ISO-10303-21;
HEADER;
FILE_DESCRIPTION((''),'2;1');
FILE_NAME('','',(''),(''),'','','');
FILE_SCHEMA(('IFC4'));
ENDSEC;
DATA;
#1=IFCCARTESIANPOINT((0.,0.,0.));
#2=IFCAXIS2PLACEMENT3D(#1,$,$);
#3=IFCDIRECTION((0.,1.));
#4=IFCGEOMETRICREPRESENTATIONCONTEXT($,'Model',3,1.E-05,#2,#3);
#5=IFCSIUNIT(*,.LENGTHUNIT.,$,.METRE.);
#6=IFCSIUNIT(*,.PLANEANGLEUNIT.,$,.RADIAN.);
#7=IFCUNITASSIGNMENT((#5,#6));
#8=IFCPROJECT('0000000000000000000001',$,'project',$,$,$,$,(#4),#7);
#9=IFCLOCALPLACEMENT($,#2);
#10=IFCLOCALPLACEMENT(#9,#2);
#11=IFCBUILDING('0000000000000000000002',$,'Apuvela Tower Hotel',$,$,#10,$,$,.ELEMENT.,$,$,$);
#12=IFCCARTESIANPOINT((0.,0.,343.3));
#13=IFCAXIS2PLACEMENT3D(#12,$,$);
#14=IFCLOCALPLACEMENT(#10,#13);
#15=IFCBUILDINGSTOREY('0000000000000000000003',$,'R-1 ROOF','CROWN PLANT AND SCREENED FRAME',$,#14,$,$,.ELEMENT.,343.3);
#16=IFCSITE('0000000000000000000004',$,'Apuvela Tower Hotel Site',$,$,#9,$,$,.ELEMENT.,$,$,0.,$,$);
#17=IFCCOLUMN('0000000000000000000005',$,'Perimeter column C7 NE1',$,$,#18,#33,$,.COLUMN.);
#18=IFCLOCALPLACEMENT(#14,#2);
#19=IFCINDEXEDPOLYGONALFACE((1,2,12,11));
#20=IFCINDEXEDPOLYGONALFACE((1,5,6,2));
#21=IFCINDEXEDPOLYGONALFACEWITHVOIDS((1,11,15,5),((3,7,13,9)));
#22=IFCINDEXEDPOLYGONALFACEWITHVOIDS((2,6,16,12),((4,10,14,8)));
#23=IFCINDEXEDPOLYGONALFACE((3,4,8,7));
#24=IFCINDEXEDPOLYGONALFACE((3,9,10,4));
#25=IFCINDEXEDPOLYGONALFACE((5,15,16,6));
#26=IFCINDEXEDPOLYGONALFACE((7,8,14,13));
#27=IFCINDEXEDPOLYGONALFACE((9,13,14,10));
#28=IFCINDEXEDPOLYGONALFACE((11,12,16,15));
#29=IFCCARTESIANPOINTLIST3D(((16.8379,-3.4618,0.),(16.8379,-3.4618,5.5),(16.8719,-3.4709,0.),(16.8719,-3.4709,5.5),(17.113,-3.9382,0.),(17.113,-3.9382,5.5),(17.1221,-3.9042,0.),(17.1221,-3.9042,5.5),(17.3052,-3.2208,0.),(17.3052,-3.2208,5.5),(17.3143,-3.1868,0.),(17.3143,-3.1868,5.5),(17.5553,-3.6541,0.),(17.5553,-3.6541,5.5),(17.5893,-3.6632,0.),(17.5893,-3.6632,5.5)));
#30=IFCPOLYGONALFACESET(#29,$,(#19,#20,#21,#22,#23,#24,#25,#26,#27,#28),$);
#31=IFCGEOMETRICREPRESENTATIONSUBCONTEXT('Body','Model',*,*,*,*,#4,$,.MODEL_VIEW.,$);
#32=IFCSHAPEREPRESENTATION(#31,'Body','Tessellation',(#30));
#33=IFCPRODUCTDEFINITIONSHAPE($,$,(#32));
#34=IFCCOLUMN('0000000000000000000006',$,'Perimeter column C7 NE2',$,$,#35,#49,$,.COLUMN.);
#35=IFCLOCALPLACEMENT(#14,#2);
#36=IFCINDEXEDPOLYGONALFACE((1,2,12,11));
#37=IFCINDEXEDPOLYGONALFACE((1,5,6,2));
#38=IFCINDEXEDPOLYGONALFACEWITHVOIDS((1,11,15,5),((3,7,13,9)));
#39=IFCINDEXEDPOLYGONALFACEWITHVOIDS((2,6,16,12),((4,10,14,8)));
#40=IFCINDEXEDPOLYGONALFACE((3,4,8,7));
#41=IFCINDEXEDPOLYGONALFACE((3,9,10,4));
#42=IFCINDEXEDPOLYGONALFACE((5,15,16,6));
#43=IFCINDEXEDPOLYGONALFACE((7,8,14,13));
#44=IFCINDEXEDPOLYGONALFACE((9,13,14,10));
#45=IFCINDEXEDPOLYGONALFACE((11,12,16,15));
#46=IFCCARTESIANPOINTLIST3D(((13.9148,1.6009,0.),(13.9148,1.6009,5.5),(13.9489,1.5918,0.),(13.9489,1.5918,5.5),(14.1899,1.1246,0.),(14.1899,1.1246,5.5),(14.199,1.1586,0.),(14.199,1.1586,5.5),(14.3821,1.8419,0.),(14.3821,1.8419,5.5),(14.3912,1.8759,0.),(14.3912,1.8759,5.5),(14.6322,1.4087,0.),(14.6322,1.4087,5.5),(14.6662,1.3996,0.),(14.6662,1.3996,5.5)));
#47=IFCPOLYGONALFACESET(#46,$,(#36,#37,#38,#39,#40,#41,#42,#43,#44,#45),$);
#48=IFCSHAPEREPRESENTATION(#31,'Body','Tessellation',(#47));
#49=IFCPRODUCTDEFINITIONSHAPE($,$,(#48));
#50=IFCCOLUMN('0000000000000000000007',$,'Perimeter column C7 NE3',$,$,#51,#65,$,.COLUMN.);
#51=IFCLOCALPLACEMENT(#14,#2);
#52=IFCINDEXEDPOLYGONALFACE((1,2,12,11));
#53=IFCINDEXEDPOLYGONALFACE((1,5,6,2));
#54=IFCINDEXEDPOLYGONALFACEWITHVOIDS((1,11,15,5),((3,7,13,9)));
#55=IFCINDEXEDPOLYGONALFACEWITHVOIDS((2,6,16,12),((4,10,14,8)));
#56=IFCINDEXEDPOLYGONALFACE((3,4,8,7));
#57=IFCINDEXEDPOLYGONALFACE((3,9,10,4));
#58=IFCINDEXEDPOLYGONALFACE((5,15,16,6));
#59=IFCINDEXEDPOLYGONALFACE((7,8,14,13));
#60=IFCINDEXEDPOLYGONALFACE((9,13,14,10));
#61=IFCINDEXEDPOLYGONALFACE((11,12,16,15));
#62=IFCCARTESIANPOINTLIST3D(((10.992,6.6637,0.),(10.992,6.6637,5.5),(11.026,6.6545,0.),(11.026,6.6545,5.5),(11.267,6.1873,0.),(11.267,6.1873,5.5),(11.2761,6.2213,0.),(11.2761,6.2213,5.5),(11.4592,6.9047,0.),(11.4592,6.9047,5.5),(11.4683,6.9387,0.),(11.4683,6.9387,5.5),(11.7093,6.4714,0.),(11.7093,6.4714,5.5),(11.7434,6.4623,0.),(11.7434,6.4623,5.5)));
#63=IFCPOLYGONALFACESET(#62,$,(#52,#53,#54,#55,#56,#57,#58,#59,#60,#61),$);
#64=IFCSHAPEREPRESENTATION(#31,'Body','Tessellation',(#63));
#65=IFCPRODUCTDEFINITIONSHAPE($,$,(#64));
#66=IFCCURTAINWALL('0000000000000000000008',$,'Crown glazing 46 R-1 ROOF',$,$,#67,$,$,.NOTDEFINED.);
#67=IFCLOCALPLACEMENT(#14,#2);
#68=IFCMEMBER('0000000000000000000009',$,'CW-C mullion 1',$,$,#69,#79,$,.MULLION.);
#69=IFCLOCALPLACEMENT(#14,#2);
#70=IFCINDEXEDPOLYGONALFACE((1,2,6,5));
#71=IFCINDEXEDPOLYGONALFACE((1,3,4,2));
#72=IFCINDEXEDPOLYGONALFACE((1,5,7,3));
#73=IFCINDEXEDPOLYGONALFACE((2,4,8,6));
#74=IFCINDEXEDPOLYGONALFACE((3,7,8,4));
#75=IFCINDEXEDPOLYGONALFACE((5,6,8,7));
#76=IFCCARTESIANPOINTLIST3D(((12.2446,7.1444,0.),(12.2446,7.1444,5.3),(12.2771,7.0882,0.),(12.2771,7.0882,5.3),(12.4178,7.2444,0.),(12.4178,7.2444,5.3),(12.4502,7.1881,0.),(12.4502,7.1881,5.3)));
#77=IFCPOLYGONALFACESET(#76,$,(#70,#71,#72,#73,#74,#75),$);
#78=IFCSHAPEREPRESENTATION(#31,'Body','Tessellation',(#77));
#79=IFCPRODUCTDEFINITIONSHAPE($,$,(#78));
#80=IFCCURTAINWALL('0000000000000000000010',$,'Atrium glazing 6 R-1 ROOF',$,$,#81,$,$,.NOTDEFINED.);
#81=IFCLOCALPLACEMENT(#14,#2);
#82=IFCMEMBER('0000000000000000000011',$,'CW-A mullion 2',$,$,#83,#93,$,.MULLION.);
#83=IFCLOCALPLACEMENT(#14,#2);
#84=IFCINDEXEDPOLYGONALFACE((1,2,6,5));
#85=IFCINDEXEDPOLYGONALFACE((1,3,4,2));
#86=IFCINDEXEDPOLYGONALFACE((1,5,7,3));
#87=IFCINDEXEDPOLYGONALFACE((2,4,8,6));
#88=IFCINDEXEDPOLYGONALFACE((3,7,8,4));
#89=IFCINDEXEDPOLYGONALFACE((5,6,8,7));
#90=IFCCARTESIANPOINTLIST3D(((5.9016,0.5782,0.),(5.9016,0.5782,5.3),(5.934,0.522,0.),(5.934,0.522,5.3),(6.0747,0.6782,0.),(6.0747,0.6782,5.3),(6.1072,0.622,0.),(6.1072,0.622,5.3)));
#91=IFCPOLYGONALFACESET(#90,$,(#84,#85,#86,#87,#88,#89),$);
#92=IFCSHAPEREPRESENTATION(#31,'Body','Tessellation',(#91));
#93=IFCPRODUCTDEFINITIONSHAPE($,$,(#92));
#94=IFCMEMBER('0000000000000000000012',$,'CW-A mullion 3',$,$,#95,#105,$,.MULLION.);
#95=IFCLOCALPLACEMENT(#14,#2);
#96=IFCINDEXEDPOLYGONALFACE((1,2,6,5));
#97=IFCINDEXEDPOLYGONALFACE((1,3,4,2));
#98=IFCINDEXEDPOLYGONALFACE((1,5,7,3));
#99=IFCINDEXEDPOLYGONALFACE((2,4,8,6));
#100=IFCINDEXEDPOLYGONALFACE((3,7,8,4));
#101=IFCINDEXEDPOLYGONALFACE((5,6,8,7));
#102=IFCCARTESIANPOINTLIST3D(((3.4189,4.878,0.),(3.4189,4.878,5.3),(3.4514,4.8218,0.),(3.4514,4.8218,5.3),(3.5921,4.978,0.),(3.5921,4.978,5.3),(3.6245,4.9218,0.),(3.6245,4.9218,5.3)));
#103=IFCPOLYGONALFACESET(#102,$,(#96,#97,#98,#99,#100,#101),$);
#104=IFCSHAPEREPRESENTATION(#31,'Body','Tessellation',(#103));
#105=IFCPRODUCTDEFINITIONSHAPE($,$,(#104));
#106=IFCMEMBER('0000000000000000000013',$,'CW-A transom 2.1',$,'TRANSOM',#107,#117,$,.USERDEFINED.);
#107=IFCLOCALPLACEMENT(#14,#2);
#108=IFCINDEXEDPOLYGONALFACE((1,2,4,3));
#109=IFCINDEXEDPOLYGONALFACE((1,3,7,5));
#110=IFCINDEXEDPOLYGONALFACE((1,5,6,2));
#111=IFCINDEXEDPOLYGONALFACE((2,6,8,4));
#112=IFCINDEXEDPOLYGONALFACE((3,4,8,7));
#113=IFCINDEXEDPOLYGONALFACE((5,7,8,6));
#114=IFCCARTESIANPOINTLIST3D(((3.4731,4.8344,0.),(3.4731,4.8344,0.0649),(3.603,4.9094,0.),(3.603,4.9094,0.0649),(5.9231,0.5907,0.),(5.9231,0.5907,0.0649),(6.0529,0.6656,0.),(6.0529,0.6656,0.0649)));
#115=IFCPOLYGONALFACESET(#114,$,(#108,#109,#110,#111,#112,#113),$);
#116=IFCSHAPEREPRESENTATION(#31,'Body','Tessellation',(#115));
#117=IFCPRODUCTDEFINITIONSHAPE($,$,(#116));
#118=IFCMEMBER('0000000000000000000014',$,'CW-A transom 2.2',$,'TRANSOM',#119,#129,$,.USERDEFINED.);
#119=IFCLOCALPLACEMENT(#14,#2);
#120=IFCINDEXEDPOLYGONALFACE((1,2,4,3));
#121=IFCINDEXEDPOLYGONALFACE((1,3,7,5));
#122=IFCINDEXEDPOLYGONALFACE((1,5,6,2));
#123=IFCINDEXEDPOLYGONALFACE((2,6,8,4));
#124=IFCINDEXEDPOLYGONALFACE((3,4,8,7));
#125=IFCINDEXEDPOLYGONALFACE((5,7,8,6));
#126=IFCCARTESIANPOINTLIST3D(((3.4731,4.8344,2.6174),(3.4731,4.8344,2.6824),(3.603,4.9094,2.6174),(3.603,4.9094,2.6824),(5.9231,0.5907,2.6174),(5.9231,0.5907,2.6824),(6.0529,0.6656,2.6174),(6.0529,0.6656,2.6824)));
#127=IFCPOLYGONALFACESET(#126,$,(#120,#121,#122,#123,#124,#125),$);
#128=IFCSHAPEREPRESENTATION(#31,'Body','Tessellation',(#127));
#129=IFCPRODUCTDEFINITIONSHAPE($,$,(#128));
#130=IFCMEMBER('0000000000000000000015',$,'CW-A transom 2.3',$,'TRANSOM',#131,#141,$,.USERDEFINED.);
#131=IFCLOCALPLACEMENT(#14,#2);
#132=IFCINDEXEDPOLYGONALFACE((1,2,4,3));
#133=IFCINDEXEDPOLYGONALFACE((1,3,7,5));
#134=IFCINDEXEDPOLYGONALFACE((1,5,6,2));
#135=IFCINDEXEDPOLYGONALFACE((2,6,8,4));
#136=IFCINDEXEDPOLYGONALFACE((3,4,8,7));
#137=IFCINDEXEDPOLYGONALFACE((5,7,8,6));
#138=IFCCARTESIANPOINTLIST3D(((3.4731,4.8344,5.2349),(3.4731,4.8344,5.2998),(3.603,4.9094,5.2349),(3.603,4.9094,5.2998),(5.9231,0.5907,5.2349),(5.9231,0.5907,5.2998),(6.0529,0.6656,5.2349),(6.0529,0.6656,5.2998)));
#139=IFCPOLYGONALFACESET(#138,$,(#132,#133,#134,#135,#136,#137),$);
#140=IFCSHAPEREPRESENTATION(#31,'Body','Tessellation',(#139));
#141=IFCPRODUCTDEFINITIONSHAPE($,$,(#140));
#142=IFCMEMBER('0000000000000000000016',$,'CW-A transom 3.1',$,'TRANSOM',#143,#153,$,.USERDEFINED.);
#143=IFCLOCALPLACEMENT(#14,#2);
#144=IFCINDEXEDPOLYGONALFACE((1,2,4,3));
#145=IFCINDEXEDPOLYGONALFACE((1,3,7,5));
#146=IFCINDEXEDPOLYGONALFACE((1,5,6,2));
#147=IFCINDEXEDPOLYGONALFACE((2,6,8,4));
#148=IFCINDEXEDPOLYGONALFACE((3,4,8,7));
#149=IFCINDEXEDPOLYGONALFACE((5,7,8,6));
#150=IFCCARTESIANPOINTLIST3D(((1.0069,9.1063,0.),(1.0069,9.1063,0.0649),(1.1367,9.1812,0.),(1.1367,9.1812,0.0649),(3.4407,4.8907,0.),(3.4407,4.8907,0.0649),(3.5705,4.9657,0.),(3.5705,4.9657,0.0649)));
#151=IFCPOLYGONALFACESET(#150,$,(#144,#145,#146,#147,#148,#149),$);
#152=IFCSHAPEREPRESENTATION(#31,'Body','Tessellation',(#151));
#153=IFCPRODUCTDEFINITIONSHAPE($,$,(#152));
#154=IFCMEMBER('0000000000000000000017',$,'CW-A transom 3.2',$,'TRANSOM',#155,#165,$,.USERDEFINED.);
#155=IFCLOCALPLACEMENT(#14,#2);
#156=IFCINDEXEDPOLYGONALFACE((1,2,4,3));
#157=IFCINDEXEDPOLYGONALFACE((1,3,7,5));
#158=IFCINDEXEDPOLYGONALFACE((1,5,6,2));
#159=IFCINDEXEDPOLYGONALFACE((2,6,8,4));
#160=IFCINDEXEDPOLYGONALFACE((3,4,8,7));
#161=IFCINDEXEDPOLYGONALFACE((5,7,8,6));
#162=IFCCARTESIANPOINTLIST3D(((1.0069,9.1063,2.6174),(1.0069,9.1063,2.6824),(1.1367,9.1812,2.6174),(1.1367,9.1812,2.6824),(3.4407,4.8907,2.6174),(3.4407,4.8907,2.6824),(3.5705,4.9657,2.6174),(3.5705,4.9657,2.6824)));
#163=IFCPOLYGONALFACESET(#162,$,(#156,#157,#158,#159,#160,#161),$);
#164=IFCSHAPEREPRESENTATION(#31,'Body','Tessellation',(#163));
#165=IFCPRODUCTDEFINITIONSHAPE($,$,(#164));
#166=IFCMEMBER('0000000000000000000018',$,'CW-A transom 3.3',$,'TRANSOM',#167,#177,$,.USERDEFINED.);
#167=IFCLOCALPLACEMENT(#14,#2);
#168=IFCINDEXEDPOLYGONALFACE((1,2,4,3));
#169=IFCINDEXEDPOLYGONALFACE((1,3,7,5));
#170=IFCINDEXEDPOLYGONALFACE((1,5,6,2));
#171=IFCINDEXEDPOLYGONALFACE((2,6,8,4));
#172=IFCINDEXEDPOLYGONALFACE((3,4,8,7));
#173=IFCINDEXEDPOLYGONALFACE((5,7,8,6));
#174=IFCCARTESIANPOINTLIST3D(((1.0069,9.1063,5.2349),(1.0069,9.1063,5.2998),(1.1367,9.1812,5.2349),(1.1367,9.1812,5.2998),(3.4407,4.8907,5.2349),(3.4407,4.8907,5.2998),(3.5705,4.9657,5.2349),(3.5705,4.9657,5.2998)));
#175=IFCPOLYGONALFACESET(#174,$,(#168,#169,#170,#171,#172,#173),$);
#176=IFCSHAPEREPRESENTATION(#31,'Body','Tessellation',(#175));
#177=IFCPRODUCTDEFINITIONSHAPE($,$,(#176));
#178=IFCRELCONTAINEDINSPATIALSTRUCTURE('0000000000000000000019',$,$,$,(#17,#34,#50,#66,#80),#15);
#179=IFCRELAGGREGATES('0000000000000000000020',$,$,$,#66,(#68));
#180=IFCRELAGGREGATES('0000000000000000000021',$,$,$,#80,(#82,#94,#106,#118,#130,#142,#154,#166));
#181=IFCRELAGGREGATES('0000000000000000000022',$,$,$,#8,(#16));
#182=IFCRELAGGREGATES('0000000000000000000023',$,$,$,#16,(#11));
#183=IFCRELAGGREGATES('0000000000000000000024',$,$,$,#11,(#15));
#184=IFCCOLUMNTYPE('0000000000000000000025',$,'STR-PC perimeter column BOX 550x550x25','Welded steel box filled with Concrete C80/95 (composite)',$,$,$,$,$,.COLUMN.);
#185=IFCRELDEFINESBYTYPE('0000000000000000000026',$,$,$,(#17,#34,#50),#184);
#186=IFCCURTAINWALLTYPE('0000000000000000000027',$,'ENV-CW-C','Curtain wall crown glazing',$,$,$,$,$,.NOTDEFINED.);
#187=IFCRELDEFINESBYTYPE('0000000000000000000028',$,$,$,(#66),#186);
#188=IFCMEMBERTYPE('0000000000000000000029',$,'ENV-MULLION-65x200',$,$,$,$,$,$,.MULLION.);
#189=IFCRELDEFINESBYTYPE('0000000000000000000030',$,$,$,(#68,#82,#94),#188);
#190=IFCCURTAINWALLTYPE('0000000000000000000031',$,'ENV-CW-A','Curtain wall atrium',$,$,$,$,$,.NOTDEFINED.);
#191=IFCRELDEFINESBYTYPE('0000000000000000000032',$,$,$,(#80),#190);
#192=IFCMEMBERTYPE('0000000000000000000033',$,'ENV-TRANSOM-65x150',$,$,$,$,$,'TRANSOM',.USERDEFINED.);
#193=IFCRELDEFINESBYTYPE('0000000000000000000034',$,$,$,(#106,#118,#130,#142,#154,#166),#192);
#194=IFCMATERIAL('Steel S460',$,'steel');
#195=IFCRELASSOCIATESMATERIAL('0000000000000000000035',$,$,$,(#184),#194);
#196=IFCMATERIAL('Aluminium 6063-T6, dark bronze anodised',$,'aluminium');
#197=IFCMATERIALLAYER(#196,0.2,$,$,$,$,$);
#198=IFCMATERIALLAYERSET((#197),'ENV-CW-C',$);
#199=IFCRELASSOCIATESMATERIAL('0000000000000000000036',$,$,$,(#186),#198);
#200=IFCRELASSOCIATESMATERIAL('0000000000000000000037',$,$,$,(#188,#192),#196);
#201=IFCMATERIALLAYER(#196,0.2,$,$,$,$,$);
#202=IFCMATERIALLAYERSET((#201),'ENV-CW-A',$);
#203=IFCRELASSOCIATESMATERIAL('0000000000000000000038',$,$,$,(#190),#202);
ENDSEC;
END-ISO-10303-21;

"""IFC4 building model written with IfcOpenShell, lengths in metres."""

from ifc_helpers import new_model, si_unit, direction, frame, origin, origin_2d, place, context, subcontext, project, spatial, rectangle, hollow_rectangle, extrude, material, layer, layer_set, material_profile, profile_set, type_object, element, aggregate, save


model = new_model("IFC4")

# Units and contexts
model_context = context("Model", 3, precision=1e-05, world=origin(), true_north=direction((0.0, 1.0)))
body_context = subcontext(model_context, "Body", "Model", "MODEL_VIEW")
ifc_project = project(units=[si_unit("LENGTHUNIT", "METRE"), si_unit("PLANEANGLEUNIT", "RADIAN")], contexts=[model_context])

# Site, building, storey
site_placement = place(None, origin())
site = spatial("IfcSite", under=ifc_project, at=site_placement, Name="Apuvela Tower Hotel Site", CompositionType="ELEMENT", RefElevation=0.0)
building_placement = place(site_placement, origin())
building = spatial("IfcBuilding", under=site, at=building_placement, Name="Apuvela Tower Hotel", CompositionType="ELEMENT")
storey_placement = place(building_placement, frame((0.0, 0.0, 343.3)))
storey = spatial("IfcBuildingStorey", under=building, at=storey_placement, Name="R-1 ROOF", Description="CROWN PLANT AND SCREENED FRAME", CompositionType="ELEMENT", Elevation=343.3)

# Columns
ifc_material_1 = material(Name="Steel S460", Category="steel")
ifc_material_profile_1 = material_profile(ifc_material_1, hollow_rectangle(XDim=0.55, YDim=0.55, WallThickness=0.0249, at=origin_2d()), Name="BOX 550x550x25")
ifc_material_2 = material(Name="Concrete C80/95", Category="concrete")
ifc_material_profile_2 = material_profile(ifc_material_2, rectangle(XDim=0.5, YDim=0.5, at=origin_2d()), Name="Concrete C80/95 infill")
ifc_profile_set_1 = profile_set([ifc_material_profile_1, ifc_material_profile_2], Name="Steel S460")
column_type = type_object("IfcColumnType", Name="STR-PC perimeter column BOX 550x550x25", Description="Welded steel box filled with Concrete C80/95 (composite)", PredefinedType="COLUMN", material=ifc_profile_set_1)
for number, where, z_axis, x_axis, name in (
    (1, (17.2136, -3.5625, 0.0), (0.0, 0.0, 1.0), (-0.5, 0.866025, 0.0), "Perimeter column C7 NE1"),
    (2, (14.2905, 1.5002, 0.0), (0.0, 0.0, 1.0), (-0.5, 0.866025, 0.0), "Perimeter column C7 NE2"),
    (3, (11.3677, 6.563, 0.0), (0.0, 0.0, 1.0), (-0.5, 0.866025, 0.0), "Perimeter column C7 NE3"),
):
    element("IfcColumn", number, at=place(storey_placement, frame(where, z_axis=z_axis, x_axis=x_axis)), inside=storey, type_object=column_type, Name=name, PredefinedType="COLUMN", context=body_context, shape_type="SweptSolid", body=[
        extrude(hollow_rectangle(XDim=0.55, YDim=0.55, WallThickness=0.0249, at=origin_2d()), origin(), (0.0, 0.0, 1.0), 5.5),
    ])

# Curtain wall, member
ifc_material_3 = material(Name="Aluminium 6063-T6, dark bronze anodised", Category="aluminium")
ifc_layer_1 = layer(ifc_material_3, 0.2)
ifc_layer_set_1 = layer_set([ifc_layer_1], Name="ENV-CW-C")
curtain_wall_type_1 = type_object("IfcCurtainWallType", Name="ENV-CW-C", Description="Curtain wall crown glazing", PredefinedType="NOTDEFINED", material=ifc_layer_set_1)
curtain_wall_1_placement = place(storey_placement, origin())
curtain_wall_1 = element("IfcCurtainWall", 4, at=curtain_wall_1_placement, inside=storey, type_object=curtain_wall_type_1, Name="Crown glazing 46 R-1 ROOF", PredefinedType="NOTDEFINED")
ifc_material_profile_3 = material_profile(ifc_material_3, rectangle(XDim=0.2, YDim=0.0649, at=origin_2d()), Name="AL 65x200")
ifc_profile_set_2 = profile_set([ifc_material_profile_3], Name="Aluminium 6063-T6, dark bronze anodised")
member_type_1 = type_object("IfcMemberType", Name="ENV-MULLION-65x200", PredefinedType="MULLION", material=ifc_profile_set_2)
member_1_placement = place(storey_placement, frame((12.3474, 7.1663, 0.0), z_axis=(0.0, 0.0, 1.0), x_axis=(-0.866022, -0.500006, 0.0)))
member_1 = element("IfcMember", 5, at=member_1_placement, type_object=member_type_1, Name="CW-C mullion 1", PredefinedType="MULLION", context=body_context, shape_type="SweptSolid", body=[
    extrude(rectangle(XDim=0.2, YDim=0.0649, at=origin_2d()), origin(), (0.0, 0.0, 1.0), 5.3),
])
aggregate(curtain_wall_1, [member_1])

# Curtain wall, members
ifc_layer_2 = layer(ifc_material_3, 0.2)
ifc_layer_set_2 = layer_set([ifc_layer_2], Name="ENV-CW-A")
curtain_wall_type_2 = type_object("IfcCurtainWallType", Name="ENV-CW-A", Description="Curtain wall atrium", PredefinedType="NOTDEFINED", material=ifc_layer_set_2)
curtain_wall_2_placement = place(storey_placement, origin())
curtain_wall_2 = element("IfcCurtainWall", 6, at=curtain_wall_2_placement, inside=storey, type_object=curtain_wall_type_2, Name="Atrium glazing 6 R-1 ROOF", PredefinedType="NOTDEFINED")
member_2_placement = place(storey_placement, frame((6.0044, 0.6001, 0.0), z_axis=(0.0, 0.0, 1.0), x_axis=(-0.866026, -0.499999, 0.0)))
member_2 = element("IfcMember", 7, at=member_2_placement, type_object=member_type_1, Name="CW-A mullion 2", PredefinedType="MULLION", context=body_context, shape_type="SweptSolid", body=[
    extrude(rectangle(XDim=0.2, YDim=0.0649, at=origin_2d()), origin(), (0.0, 0.0, 1.0), 5.3),
])
member_3_placement = place(storey_placement, frame((3.5217, 4.8999, 0.0), z_axis=(0.0, 0.0, 1.0), x_axis=(-0.866026, -0.499999, 0.0)))
member_3 = element("IfcMember", 8, at=member_3_placement, type_object=member_type_1, Name="CW-A mullion 3", PredefinedType="MULLION", context=body_context, shape_type="SweptSolid", body=[
    extrude(rectangle(XDim=0.2, YDim=0.0649, at=origin_2d()), origin(), (0.0, 0.0, 1.0), 5.3),
])
ifc_material_profile_4 = material_profile(ifc_material_3, rectangle(XDim=0.1499, YDim=0.0649, at=origin_2d()), Name="AL 65x150 transom")
ifc_profile_set_3 = profile_set([ifc_material_profile_4], Name="Aluminium 6063-T6, dark bronze anodised")
member_type_2 = type_object("IfcMemberType", Name="ENV-TRANSOM-65x150", ElementType="TRANSOM", PredefinedType="USERDEFINED", material=ifc_profile_set_3)
member_4_placement = place(storey_placement, frame((5.988, 0.6282, 0.0325), z_axis=(-0.499981, 0.866036, 0.0), x_axis=(-0.866036, -0.499981, 0.0)))
member_4 = element("IfcMember", 9, at=member_4_placement, type_object=member_type_2, Name="CW-A transom 2.1", ObjectType="TRANSOM", PredefinedType="USERDEFINED", context=body_context, shape_type="SweptSolid", body=[
    extrude(rectangle(XDim=0.1499, YDim=0.0649, at=origin_2d()), origin(), (0.0, 0.0, 1.0), 4.9001),
])
member_5_placement = place(storey_placement, frame((5.988, 0.6282, 2.6499), z_axis=(-0.499981, 0.866036, 0.0), x_axis=(-0.866036, -0.499981, 0.0)))
member_5 = element("IfcMember", 10, at=member_5_placement, type_object=member_type_2, Name="CW-A transom 2.2", ObjectType="TRANSOM", PredefinedType="USERDEFINED", context=body_context, shape_type="SweptSolid", body=[
    extrude(rectangle(XDim=0.1499, YDim=0.0649, at=origin_2d()), origin(), (0.0, 0.0, 1.0), 4.9001),
])
member_6_placement = place(storey_placement, frame((5.988, 0.6282, 5.2673), z_axis=(-0.499981, 0.866036, 0.0), x_axis=(-0.866036, -0.499981, 0.0)))
member_6 = element("IfcMember", 11, at=member_6_placement, type_object=member_type_2, Name="CW-A transom 2.3", ObjectType="TRANSOM", PredefinedType="USERDEFINED", context=body_context, shape_type="SweptSolid", body=[
    extrude(rectangle(XDim=0.1499, YDim=0.0649, at=origin_2d()), origin(), (0.0, 0.0, 1.0), 4.9001),
])
member_7_placement = place(storey_placement, frame((3.5056, 4.9282, 0.0325), z_axis=(-0.499996, 0.866028, 0.0), x_axis=(-0.866028, -0.499996, 0.0)))
member_7 = element("IfcMember", 12, at=member_7_placement, type_object=member_type_2, Name="CW-A transom 3.1", ObjectType="TRANSOM", PredefinedType="USERDEFINED", context=body_context, shape_type="SweptSolid", body=[
    extrude(rectangle(XDim=0.1499, YDim=0.0649, at=origin_2d()), origin(), (0.0, 0.0, 1.0), 4.8677),
])
member_8_placement = place(storey_placement, frame((3.5056, 4.9282, 2.6499), z_axis=(-0.499996, 0.866028, 0.0), x_axis=(-0.866028, -0.499996, 0.0)))
member_8 = element("IfcMember", 13, at=member_8_placement, type_object=member_type_2, Name="CW-A transom 3.2", ObjectType="TRANSOM", PredefinedType="USERDEFINED", context=body_context, shape_type="SweptSolid", body=[
    extrude(rectangle(XDim=0.1499, YDim=0.0649, at=origin_2d()), origin(), (0.0, 0.0, 1.0), 4.8677),
])
member_9_placement = place(storey_placement, frame((3.5056, 4.9282, 5.2673), z_axis=(-0.499996, 0.866028, 0.0), x_axis=(-0.866028, -0.499996, 0.0)))
member_9 = element("IfcMember", 14, at=member_9_placement, type_object=member_type_2, Name="CW-A transom 3.3", ObjectType="TRANSOM", PredefinedType="USERDEFINED", context=body_context, shape_type="SweptSolid", body=[
    extrude(rectangle(XDim=0.1499, YDim=0.0649, at=origin_2d()), origin(), (0.0, 0.0, 1.0), 4.8677),
])

aggregate(curtain_wall_2, [member_2, member_3, member_4, member_5, member_6, member_7, member_8, member_9])

save(model, "model.ifc")
